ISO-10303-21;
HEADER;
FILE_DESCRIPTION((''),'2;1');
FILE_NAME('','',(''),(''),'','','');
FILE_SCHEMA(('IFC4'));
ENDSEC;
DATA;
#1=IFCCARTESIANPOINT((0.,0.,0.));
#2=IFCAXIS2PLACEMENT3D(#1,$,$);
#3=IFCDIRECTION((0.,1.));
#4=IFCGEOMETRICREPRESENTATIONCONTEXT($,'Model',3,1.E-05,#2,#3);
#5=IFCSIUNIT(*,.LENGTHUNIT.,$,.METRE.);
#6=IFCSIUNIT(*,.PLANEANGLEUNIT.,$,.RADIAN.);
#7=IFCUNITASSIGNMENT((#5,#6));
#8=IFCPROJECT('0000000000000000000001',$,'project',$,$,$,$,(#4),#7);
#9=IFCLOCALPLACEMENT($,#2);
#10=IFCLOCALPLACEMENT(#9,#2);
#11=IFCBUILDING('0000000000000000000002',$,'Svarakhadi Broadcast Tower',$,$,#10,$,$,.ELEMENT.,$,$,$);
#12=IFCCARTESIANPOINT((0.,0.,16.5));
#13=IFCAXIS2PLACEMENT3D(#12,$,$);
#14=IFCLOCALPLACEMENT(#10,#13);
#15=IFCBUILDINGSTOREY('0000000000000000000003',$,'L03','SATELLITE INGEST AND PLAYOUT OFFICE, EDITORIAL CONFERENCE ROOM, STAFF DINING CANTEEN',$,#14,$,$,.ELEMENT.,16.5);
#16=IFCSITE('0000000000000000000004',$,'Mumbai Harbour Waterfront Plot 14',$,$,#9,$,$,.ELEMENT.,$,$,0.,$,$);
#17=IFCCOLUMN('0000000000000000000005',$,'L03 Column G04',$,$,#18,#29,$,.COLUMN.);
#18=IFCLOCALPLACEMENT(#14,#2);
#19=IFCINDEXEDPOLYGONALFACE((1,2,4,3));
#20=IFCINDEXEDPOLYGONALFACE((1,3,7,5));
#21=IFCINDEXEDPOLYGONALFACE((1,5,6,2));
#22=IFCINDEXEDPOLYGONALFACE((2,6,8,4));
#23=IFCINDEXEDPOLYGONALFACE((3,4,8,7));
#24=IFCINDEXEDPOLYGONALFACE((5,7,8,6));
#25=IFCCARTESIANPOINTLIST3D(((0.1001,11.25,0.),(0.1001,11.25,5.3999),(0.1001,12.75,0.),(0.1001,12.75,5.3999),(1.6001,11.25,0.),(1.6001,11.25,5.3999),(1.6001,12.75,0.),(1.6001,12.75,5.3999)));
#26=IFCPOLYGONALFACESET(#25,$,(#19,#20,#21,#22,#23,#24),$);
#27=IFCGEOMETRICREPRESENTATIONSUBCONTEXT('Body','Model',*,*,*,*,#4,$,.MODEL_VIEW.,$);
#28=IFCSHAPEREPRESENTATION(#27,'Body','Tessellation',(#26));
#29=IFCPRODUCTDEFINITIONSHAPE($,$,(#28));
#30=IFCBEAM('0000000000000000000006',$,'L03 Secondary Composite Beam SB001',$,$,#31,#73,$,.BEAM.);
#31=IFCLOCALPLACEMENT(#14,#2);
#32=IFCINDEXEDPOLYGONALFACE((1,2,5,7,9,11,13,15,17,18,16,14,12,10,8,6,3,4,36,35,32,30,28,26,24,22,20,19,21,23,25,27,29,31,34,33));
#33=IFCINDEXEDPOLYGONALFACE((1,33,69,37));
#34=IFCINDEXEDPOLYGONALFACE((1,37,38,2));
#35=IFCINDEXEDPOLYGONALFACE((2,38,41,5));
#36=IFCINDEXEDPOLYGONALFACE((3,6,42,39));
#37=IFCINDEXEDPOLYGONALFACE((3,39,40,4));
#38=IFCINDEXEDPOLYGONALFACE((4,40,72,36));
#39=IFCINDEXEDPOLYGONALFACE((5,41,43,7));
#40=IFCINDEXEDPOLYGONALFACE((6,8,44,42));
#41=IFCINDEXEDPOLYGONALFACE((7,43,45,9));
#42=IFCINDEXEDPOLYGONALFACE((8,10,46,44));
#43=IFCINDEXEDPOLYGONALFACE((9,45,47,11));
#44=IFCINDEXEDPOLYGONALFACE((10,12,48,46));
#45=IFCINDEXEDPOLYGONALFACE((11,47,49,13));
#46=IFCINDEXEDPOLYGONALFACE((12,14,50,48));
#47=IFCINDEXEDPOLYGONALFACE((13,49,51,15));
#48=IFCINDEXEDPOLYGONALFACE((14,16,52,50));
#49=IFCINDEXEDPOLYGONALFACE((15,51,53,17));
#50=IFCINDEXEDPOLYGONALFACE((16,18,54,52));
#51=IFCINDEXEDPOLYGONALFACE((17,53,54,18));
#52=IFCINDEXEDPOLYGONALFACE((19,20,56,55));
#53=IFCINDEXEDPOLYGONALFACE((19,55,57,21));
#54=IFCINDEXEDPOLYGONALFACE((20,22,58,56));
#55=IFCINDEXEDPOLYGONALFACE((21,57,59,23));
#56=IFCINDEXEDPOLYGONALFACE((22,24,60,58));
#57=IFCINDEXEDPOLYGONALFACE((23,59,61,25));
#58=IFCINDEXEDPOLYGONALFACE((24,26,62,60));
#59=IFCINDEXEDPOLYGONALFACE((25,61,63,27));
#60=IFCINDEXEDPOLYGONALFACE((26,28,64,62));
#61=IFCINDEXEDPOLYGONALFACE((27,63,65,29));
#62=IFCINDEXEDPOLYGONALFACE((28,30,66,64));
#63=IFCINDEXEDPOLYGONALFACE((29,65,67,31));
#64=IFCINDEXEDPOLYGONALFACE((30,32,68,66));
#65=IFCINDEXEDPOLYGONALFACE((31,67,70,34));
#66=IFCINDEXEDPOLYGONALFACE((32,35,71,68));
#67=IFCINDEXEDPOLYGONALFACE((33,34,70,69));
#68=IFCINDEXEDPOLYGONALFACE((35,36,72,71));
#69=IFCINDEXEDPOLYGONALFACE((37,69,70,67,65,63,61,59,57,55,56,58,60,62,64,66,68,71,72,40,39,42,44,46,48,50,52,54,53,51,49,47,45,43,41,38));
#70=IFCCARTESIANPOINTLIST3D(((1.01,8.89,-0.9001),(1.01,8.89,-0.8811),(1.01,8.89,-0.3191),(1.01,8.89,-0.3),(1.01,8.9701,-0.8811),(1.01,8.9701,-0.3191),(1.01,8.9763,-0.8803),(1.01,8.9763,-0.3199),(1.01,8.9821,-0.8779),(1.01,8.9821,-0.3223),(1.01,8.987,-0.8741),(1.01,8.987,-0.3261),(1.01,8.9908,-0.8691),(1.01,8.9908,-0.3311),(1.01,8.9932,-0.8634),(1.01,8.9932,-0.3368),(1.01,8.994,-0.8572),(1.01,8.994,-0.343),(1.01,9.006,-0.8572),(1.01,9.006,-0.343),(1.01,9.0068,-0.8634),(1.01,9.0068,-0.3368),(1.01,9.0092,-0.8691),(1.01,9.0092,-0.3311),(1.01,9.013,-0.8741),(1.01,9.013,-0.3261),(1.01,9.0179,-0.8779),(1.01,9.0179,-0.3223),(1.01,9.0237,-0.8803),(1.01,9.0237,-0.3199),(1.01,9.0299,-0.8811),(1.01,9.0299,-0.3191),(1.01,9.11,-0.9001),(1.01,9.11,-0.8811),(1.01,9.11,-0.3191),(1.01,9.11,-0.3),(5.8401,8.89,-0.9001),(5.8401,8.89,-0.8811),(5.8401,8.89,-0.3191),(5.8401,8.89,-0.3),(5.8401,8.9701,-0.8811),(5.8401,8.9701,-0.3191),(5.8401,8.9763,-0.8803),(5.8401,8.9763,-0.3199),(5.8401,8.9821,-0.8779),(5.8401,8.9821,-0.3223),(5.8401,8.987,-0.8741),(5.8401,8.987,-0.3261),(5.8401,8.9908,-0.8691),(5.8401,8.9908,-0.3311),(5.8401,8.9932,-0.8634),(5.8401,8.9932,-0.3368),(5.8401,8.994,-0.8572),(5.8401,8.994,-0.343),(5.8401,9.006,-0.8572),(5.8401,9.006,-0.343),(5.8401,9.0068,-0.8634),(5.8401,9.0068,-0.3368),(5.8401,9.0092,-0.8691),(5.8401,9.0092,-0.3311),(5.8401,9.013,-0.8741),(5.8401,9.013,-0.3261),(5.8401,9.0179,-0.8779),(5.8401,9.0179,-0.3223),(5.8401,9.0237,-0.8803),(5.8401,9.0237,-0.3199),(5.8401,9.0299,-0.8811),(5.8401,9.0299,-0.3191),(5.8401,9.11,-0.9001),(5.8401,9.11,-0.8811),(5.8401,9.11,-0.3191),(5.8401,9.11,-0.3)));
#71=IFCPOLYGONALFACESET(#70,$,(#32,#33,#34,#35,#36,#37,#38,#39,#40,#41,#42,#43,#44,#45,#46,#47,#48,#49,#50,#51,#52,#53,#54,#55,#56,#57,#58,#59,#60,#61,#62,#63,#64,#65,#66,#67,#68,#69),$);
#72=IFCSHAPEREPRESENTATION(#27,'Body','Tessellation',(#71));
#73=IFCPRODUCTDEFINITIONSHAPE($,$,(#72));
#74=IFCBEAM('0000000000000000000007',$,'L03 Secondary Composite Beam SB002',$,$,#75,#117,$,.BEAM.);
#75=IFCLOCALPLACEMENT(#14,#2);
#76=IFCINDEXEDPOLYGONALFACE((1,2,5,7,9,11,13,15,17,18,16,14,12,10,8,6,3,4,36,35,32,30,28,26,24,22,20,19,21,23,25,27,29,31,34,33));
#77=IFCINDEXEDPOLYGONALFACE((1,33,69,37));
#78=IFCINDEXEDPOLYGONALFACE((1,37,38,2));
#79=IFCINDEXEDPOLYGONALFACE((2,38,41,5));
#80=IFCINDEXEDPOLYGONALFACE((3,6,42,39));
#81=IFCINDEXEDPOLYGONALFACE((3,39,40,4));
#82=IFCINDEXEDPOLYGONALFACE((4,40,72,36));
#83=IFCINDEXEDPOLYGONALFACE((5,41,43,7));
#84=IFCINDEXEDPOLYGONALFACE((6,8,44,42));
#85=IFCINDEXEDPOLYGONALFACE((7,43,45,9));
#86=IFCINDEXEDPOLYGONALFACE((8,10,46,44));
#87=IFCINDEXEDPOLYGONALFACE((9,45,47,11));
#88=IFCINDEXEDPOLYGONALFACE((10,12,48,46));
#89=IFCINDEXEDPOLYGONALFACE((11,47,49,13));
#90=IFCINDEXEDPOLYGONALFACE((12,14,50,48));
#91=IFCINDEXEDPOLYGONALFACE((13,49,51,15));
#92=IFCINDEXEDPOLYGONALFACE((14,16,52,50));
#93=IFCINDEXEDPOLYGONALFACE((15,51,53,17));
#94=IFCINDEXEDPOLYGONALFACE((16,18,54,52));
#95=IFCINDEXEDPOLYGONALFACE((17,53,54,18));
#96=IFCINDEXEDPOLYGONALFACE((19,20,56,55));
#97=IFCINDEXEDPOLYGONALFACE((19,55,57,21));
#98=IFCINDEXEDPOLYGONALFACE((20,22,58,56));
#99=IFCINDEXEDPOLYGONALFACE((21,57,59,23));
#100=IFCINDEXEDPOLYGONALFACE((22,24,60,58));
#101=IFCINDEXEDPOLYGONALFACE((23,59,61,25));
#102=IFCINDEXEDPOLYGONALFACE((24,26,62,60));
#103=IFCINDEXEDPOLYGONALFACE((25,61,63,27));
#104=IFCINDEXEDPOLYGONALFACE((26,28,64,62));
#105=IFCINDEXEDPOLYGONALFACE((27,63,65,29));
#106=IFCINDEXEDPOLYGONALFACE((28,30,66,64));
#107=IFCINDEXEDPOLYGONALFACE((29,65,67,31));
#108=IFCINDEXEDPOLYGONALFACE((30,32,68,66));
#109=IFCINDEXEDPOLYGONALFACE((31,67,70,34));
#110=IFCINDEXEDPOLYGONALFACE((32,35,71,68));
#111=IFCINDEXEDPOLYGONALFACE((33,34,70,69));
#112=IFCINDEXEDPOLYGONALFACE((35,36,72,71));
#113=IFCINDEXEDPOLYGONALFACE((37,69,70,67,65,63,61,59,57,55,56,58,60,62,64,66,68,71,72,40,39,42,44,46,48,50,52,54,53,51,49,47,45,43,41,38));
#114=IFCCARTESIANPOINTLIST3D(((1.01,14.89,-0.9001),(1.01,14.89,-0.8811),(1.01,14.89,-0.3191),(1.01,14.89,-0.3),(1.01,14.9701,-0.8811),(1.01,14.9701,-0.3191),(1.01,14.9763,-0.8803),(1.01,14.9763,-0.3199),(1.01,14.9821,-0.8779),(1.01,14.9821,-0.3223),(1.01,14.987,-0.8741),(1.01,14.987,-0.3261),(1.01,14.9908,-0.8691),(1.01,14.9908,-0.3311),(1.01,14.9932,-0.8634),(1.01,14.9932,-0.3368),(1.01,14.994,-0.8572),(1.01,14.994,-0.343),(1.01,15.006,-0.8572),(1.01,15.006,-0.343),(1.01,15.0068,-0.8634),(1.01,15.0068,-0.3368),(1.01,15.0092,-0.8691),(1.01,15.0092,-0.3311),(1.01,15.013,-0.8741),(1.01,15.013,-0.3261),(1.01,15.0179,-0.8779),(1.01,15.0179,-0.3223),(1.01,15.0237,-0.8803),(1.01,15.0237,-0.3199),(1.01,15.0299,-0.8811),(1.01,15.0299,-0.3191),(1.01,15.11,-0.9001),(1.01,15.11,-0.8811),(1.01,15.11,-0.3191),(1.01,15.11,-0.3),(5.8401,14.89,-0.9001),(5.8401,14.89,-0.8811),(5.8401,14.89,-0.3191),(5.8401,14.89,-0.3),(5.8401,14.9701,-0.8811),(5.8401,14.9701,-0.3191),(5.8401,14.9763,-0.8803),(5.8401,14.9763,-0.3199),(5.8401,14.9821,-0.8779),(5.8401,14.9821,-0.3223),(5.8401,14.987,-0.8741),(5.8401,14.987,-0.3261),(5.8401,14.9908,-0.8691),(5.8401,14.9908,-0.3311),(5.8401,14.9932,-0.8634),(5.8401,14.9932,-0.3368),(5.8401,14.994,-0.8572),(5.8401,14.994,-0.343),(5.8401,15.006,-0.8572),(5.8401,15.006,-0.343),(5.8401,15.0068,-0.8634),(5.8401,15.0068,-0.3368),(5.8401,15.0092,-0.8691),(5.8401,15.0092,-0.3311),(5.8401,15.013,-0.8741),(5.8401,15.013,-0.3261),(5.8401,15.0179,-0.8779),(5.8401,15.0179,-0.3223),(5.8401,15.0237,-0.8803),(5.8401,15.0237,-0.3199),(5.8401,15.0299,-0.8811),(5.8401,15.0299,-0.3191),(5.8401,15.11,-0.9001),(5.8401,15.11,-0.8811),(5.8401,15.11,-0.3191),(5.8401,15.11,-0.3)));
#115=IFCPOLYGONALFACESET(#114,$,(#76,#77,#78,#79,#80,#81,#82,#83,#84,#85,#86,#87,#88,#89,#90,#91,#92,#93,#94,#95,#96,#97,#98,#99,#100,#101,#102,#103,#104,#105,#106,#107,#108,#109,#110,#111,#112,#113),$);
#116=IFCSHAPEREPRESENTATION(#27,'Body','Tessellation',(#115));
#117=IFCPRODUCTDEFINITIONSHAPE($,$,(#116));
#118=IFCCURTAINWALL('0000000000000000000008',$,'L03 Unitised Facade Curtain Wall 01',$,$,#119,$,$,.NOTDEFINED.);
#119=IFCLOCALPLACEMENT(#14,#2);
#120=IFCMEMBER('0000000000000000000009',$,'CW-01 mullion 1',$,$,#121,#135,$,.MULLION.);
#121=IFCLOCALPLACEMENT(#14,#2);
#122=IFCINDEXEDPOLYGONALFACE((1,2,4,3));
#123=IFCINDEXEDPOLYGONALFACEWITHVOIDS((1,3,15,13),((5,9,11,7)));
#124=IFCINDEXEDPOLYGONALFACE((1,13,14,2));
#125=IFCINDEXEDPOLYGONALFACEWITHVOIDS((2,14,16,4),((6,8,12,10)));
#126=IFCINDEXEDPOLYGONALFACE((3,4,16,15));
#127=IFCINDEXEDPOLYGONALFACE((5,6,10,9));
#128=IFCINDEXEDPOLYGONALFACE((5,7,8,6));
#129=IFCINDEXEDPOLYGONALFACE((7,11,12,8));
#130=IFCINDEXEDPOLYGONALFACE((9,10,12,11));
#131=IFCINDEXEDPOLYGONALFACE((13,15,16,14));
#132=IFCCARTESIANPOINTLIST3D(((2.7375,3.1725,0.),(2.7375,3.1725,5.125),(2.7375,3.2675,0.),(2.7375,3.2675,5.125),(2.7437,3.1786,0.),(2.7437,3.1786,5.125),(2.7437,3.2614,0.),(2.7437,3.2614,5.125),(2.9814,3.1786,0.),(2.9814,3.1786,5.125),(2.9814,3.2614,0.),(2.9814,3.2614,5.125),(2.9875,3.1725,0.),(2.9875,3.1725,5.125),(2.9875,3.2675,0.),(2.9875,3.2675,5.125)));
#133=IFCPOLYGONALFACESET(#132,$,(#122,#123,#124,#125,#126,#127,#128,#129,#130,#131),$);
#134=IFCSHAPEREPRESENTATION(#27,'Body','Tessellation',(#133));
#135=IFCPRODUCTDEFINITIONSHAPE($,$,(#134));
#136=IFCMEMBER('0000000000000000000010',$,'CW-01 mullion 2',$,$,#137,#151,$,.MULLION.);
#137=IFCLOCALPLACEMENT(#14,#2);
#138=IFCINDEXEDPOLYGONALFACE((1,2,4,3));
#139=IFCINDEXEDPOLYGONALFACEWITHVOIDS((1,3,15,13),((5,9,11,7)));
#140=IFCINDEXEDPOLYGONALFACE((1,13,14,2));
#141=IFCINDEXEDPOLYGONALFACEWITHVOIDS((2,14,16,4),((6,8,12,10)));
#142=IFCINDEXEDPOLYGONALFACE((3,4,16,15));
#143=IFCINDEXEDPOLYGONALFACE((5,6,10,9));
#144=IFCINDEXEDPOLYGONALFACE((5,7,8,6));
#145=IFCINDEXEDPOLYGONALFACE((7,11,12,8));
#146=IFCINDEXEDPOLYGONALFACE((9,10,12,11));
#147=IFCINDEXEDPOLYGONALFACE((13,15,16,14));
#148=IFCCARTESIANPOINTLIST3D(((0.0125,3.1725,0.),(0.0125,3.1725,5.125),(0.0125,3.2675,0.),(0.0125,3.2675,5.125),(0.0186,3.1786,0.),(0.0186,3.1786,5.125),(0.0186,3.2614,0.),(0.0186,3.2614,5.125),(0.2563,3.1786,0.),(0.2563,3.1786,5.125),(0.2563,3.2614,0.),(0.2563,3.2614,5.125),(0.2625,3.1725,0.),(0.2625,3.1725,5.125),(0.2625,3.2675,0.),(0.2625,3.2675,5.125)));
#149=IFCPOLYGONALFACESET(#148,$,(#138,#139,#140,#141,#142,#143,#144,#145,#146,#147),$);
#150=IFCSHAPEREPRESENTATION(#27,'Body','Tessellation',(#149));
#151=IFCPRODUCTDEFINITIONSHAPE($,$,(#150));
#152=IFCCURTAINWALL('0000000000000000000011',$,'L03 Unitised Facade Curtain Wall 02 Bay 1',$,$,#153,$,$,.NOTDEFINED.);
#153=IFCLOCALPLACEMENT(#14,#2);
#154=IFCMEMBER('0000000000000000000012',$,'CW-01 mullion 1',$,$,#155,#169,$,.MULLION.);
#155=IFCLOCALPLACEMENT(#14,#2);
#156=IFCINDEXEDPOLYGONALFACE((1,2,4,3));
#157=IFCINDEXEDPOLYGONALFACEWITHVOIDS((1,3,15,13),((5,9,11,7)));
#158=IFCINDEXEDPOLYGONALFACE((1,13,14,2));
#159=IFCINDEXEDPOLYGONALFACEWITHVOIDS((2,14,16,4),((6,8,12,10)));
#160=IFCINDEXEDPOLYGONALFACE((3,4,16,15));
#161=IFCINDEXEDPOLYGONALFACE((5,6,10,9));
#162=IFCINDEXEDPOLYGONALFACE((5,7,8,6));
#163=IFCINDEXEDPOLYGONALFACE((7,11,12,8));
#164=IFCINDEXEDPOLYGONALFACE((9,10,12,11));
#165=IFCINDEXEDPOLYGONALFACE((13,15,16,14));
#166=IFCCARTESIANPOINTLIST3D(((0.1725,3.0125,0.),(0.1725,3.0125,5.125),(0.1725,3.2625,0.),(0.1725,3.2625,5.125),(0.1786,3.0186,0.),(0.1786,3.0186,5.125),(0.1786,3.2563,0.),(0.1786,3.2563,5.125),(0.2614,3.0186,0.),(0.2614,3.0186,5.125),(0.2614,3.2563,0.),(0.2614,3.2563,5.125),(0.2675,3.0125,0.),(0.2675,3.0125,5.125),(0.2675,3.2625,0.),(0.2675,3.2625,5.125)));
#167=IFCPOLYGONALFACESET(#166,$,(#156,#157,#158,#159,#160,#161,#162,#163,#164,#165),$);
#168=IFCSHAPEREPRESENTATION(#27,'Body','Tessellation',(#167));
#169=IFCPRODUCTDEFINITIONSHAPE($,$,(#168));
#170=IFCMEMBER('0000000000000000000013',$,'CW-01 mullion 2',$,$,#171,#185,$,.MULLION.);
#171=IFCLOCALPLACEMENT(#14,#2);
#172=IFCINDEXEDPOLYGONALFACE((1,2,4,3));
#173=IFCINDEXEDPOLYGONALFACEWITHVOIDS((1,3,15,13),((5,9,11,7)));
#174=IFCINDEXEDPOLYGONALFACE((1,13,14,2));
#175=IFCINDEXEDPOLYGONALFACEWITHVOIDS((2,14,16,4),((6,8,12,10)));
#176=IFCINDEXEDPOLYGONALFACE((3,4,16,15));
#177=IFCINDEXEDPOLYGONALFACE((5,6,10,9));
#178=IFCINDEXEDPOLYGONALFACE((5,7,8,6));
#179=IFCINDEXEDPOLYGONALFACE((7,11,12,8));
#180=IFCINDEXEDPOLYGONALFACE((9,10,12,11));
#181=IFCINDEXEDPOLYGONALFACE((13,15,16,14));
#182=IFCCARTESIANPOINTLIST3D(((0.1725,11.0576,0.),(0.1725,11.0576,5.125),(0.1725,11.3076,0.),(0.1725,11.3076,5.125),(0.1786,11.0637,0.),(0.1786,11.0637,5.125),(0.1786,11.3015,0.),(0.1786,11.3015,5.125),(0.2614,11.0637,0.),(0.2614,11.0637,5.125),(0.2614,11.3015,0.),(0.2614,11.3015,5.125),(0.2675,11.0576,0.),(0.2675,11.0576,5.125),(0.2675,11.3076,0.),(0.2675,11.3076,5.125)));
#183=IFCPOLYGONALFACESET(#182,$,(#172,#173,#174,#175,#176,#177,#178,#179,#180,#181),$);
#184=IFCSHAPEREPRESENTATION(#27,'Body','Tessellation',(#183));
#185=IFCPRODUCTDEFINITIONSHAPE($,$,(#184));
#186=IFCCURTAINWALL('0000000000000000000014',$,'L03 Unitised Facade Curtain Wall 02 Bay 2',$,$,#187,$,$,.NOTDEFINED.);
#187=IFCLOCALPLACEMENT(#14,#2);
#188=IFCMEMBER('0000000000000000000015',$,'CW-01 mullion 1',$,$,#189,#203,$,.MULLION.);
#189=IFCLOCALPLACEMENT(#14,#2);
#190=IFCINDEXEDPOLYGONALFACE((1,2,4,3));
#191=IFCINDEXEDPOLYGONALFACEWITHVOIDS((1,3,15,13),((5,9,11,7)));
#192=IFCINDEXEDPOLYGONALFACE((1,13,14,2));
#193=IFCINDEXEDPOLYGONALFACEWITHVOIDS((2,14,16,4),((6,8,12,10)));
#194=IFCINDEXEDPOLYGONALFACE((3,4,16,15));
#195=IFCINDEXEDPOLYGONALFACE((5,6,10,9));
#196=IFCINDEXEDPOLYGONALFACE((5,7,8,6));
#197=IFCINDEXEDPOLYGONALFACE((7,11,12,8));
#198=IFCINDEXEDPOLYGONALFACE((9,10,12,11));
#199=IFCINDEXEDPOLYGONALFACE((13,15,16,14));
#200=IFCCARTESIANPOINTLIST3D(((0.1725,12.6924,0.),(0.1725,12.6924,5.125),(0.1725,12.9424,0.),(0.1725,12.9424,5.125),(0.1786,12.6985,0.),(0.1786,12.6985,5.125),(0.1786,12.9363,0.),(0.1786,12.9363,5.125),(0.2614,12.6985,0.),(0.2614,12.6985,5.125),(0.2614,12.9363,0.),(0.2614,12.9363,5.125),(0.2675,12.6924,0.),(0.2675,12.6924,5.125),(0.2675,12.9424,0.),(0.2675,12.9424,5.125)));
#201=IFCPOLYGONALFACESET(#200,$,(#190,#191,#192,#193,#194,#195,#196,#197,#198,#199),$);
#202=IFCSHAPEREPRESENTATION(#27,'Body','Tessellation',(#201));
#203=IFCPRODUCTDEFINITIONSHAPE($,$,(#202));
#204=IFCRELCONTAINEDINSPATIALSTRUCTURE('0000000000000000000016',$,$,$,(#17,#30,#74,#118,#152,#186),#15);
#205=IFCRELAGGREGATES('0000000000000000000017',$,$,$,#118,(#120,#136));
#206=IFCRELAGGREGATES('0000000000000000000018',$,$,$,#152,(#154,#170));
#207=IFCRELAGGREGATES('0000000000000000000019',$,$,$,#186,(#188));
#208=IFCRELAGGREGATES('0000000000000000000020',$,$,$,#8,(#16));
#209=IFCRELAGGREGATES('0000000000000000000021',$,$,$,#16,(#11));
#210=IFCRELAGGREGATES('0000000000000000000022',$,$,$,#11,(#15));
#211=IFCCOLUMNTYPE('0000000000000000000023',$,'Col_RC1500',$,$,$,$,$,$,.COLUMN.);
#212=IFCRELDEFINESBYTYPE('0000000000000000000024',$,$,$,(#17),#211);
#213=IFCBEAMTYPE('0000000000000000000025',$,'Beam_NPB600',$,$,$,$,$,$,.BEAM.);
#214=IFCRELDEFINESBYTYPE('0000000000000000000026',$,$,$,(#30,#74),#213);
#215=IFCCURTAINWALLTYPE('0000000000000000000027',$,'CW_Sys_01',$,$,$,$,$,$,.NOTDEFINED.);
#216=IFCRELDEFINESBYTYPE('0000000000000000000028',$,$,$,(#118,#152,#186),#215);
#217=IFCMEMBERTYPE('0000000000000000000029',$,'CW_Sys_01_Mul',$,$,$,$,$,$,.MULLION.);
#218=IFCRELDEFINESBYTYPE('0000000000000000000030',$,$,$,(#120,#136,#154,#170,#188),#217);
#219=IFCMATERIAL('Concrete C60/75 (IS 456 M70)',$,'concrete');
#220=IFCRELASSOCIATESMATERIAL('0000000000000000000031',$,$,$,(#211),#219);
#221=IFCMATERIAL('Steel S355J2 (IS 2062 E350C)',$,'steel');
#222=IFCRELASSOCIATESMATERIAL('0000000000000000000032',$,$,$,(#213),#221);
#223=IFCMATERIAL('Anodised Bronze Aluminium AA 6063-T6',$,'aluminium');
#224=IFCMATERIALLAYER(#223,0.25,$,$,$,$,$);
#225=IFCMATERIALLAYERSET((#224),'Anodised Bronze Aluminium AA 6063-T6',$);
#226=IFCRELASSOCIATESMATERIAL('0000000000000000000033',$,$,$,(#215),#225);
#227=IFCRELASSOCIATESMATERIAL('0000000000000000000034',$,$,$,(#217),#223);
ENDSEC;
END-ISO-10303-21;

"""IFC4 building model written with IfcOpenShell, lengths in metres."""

from ifc_helpers import new_model, si_unit, direction, frame, origin, origin_2d, place, context, subcontext, project, spatial, rectangle, hollow_rectangle, i_section, extrude, material, layer, layer_set, material_profile, profile_set, type_object, element, aggregate, save


model = new_model("IFC4")

# Units and contexts
model_context = context("Model", 3, precision=1e-05, world=origin(), true_north=direction((0.0, 1.0)))
body_context = subcontext(model_context, "Body", "Model", "MODEL_VIEW")
ifc_project = project(units=[si_unit("LENGTHUNIT", "METRE"), si_unit("PLANEANGLEUNIT", "RADIAN")], contexts=[model_context])

# Site, building, storey
site_placement = place(None, origin())
site = spatial("IfcSite", under=ifc_project, at=site_placement, Name="Mumbai Harbour Waterfront Plot 14", CompositionType="ELEMENT", RefElevation=0.0)
building_placement = place(site_placement, origin())
building = spatial("IfcBuilding", under=site, at=building_placement, Name="Svarakhadi Broadcast Tower", CompositionType="ELEMENT")
storey_placement = place(building_placement, frame((0.0, 0.0, 16.5)))
storey = spatial("IfcBuildingStorey", under=building, at=storey_placement, Name="L03", Description="SATELLITE INGEST AND PLAYOUT OFFICE, EDITORIAL CONFERENCE ROOM, STAFF DINING CANTEEN", CompositionType="ELEMENT", Elevation=16.5)

# Column
ifc_material_1 = material(Name="Concrete C60/75 (IS 456 M70)", Category="concrete")
ifc_material_profile_1 = material_profile(ifc_material_1, rectangle(XDim=1.5, YDim=1.5, at=origin_2d()), Name="RC 1500x1500")
ifc_profile_set_1 = profile_set([ifc_material_profile_1], Name="Concrete C60/75 (IS 456 M70)")
column_type_1 = type_object("IfcColumnType", Name="Col_RC1500", PredefinedType="COLUMN", material=ifc_profile_set_1)
column_placement = place(storey_placement, frame((0.8501, 12.0, 0.0), z_axis=(0.0, 0.0, 1.0), x_axis=(1.0, 0.0, 0.0)))
element("IfcColumn", 1, at=column_placement, inside=storey, type_object=column_type_1, Name="L03 Column G04", PredefinedType="COLUMN", context=body_context, shape_type="SweptSolid", body=[
    extrude(rectangle(XDim=1.5, YDim=1.5, at=origin_2d()), origin(), (0.0, 0.0, 1.0), 5.3999),
])

# Beams
ifc_material_2 = material(Name="Steel S355J2 (IS 2062 E350C)", Category="steel")
ifc_material_profile_2 = material_profile(ifc_material_2, i_section(OverallWidth=0.22, OverallDepth=0.6001, WebThickness=0.012, FlangeThickness=0.019, FilletRadius=0.0239, at=origin_2d()), Name="NPB 600x220x122")
ifc_profile_set_2 = profile_set([ifc_material_profile_2], Name="Steel S355J2 (IS 2062 E350C)")
beam_type_1 = type_object("IfcBeamType", Name="Beam_NPB600", PredefinedType="BEAM", material=ifc_profile_set_2)
for number, where, z_axis, x_axis, name in (
    (2, (1.01, 9.0, -0.6001), (1.0, 0.0, 0.0), (0.0, 1.0, 0.0), "L03 Secondary Composite Beam SB001"),
    (3, (1.01, 15.0, -0.6001), (1.0, 0.0, 0.0), (0.0, 1.0, 0.0), "L03 Secondary Composite Beam SB002"),
):
    element("IfcBeam", number, at=place(storey_placement, frame(where, z_axis=z_axis, x_axis=x_axis)), inside=storey, type_object=beam_type_1, Name=name, PredefinedType="BEAM", context=body_context, shape_type="SweptSolid", body=[
        extrude(i_section(OverallWidth=0.22, OverallDepth=0.6001, WebThickness=0.012, FlangeThickness=0.019, FilletRadius=0.0239, at=origin_2d()), origin(), (0.0, 0.0, 1.0), 4.8301),
    ])

# Curtain walls, members
ifc_material_3 = material(Name="Anodised Bronze Aluminium AA 6063-T6", Category="aluminium")
ifc_layer_1 = layer(ifc_material_3, 0.25)
ifc_layer_set_1 = layer_set([ifc_layer_1], Name="Anodised Bronze Aluminium AA 6063-T6")
curtain_wall_type = type_object("IfcCurtainWallType", Name="CW_Sys_01", PredefinedType="NOTDEFINED", material=ifc_layer_set_1)
curtain_wall_1_placement = place(storey_placement, origin())
curtain_wall_1 = element("IfcCurtainWall", 4, at=curtain_wall_1_placement, inside=storey, type_object=curtain_wall_type, Name="L03 Unitised Facade Curtain Wall 01", PredefinedType="NOTDEFINED")
ifc_material_profile_3 = material_profile(ifc_material_3, hollow_rectangle(XDim=0.095, YDim=0.25, WallThickness=0.0061, at=origin_2d()), Name="ALU MULLION 250x95x6")
ifc_profile_set_3 = profile_set([ifc_material_profile_3], Name="Anodised Bronze Aluminium AA 6063-T6")
member_type_1 = type_object("IfcMemberType", Name="CW_Sys_01_Mul", PredefinedType="MULLION", material=ifc_profile_set_3)
member_1_placement = place(storey_placement, frame((2.8625, 3.22, 0.0), z_axis=(0.0, 0.0, 1.0), x_axis=(0.0, -1.0, 0.0)))
member_1 = element("IfcMember", 5, at=member_1_placement, type_object=member_type_1, Name="CW-01 mullion 1", PredefinedType="MULLION", context=body_context, shape_type="SweptSolid", body=[
    extrude(hollow_rectangle(XDim=0.095, YDim=0.25, WallThickness=0.0061, at=origin_2d()), origin(), (0.0, 0.0, 1.0), 5.125),
])
member_2_placement = place(storey_placement, frame((0.1375, 3.22, 0.0), z_axis=(0.0, 0.0, 1.0), x_axis=(0.0, -1.0, 0.0)))
member_2 = element("IfcMember", 6, at=member_2_placement, type_object=member_type_1, Name="CW-01 mullion 2", PredefinedType="MULLION", context=body_context, shape_type="SweptSolid", body=[
    extrude(hollow_rectangle(XDim=0.095, YDim=0.25, WallThickness=0.0061, at=origin_2d()), origin(), (0.0, 0.0, 1.0), 5.125),
])
curtain_wall_2_placement = place(storey_placement, origin())
curtain_wall_2 = element("IfcCurtainWall", 7, at=curtain_wall_2_placement, inside=storey, type_object=curtain_wall_type, Name="L03 Unitised Facade Curtain Wall 02 Bay 1", PredefinedType="NOTDEFINED")
member_3_placement = place(storey_placement, frame((0.22, 3.1375, 0.0), z_axis=(0.0, 0.0, 1.0), x_axis=(-1.0, 0.0, 0.0)))
member_3 = element("IfcMember", 8, at=member_3_placement, type_object=member_type_1, Name="CW-01 mullion 1", PredefinedType="MULLION", context=body_context, shape_type="SweptSolid", body=[
    extrude(hollow_rectangle(XDim=0.095, YDim=0.25, WallThickness=0.0061, at=origin_2d()), origin(), (0.0, 0.0, 1.0), 5.125),
])
member_4_placement = place(storey_placement, frame((0.22, 11.1826, 0.0), z_axis=(0.0, 0.0, 1.0), x_axis=(-1.0, 0.0, 0.0)))
member_4 = element("IfcMember", 9, at=member_4_placement, type_object=member_type_1, Name="CW-01 mullion 2", PredefinedType="MULLION", context=body_context, shape_type="SweptSolid", body=[
    extrude(hollow_rectangle(XDim=0.095, YDim=0.25, WallThickness=0.0061, at=origin_2d()), origin(), (0.0, 0.0, 1.0), 5.125),
])

# Curtain wall, member
curtain_wall_3_placement = place(storey_placement, origin())
curtain_wall_3 = element("IfcCurtainWall", 10, at=curtain_wall_3_placement, inside=storey, type_object=curtain_wall_type, Name="L03 Unitised Facade Curtain Wall 02 Bay 2", PredefinedType="NOTDEFINED")
member_5_placement = place(storey_placement, frame((0.22, 12.8174, 0.0), z_axis=(0.0, 0.0, 1.0), x_axis=(-1.0, 0.0, 0.0)))
member_5 = element("IfcMember", 11, at=member_5_placement, type_object=member_type_1, Name="CW-01 mullion 1", PredefinedType="MULLION", context=body_context, shape_type="SweptSolid", body=[
    extrude(hollow_rectangle(XDim=0.095, YDim=0.25, WallThickness=0.0061, at=origin_2d()), origin(), (0.0, 0.0, 1.0), 5.125),
])

aggregate(curtain_wall_1, [member_1, member_2])
aggregate(curtain_wall_2, [member_3, member_4])
aggregate(curtain_wall_3, [member_5])

save(model, "model.ifc")
